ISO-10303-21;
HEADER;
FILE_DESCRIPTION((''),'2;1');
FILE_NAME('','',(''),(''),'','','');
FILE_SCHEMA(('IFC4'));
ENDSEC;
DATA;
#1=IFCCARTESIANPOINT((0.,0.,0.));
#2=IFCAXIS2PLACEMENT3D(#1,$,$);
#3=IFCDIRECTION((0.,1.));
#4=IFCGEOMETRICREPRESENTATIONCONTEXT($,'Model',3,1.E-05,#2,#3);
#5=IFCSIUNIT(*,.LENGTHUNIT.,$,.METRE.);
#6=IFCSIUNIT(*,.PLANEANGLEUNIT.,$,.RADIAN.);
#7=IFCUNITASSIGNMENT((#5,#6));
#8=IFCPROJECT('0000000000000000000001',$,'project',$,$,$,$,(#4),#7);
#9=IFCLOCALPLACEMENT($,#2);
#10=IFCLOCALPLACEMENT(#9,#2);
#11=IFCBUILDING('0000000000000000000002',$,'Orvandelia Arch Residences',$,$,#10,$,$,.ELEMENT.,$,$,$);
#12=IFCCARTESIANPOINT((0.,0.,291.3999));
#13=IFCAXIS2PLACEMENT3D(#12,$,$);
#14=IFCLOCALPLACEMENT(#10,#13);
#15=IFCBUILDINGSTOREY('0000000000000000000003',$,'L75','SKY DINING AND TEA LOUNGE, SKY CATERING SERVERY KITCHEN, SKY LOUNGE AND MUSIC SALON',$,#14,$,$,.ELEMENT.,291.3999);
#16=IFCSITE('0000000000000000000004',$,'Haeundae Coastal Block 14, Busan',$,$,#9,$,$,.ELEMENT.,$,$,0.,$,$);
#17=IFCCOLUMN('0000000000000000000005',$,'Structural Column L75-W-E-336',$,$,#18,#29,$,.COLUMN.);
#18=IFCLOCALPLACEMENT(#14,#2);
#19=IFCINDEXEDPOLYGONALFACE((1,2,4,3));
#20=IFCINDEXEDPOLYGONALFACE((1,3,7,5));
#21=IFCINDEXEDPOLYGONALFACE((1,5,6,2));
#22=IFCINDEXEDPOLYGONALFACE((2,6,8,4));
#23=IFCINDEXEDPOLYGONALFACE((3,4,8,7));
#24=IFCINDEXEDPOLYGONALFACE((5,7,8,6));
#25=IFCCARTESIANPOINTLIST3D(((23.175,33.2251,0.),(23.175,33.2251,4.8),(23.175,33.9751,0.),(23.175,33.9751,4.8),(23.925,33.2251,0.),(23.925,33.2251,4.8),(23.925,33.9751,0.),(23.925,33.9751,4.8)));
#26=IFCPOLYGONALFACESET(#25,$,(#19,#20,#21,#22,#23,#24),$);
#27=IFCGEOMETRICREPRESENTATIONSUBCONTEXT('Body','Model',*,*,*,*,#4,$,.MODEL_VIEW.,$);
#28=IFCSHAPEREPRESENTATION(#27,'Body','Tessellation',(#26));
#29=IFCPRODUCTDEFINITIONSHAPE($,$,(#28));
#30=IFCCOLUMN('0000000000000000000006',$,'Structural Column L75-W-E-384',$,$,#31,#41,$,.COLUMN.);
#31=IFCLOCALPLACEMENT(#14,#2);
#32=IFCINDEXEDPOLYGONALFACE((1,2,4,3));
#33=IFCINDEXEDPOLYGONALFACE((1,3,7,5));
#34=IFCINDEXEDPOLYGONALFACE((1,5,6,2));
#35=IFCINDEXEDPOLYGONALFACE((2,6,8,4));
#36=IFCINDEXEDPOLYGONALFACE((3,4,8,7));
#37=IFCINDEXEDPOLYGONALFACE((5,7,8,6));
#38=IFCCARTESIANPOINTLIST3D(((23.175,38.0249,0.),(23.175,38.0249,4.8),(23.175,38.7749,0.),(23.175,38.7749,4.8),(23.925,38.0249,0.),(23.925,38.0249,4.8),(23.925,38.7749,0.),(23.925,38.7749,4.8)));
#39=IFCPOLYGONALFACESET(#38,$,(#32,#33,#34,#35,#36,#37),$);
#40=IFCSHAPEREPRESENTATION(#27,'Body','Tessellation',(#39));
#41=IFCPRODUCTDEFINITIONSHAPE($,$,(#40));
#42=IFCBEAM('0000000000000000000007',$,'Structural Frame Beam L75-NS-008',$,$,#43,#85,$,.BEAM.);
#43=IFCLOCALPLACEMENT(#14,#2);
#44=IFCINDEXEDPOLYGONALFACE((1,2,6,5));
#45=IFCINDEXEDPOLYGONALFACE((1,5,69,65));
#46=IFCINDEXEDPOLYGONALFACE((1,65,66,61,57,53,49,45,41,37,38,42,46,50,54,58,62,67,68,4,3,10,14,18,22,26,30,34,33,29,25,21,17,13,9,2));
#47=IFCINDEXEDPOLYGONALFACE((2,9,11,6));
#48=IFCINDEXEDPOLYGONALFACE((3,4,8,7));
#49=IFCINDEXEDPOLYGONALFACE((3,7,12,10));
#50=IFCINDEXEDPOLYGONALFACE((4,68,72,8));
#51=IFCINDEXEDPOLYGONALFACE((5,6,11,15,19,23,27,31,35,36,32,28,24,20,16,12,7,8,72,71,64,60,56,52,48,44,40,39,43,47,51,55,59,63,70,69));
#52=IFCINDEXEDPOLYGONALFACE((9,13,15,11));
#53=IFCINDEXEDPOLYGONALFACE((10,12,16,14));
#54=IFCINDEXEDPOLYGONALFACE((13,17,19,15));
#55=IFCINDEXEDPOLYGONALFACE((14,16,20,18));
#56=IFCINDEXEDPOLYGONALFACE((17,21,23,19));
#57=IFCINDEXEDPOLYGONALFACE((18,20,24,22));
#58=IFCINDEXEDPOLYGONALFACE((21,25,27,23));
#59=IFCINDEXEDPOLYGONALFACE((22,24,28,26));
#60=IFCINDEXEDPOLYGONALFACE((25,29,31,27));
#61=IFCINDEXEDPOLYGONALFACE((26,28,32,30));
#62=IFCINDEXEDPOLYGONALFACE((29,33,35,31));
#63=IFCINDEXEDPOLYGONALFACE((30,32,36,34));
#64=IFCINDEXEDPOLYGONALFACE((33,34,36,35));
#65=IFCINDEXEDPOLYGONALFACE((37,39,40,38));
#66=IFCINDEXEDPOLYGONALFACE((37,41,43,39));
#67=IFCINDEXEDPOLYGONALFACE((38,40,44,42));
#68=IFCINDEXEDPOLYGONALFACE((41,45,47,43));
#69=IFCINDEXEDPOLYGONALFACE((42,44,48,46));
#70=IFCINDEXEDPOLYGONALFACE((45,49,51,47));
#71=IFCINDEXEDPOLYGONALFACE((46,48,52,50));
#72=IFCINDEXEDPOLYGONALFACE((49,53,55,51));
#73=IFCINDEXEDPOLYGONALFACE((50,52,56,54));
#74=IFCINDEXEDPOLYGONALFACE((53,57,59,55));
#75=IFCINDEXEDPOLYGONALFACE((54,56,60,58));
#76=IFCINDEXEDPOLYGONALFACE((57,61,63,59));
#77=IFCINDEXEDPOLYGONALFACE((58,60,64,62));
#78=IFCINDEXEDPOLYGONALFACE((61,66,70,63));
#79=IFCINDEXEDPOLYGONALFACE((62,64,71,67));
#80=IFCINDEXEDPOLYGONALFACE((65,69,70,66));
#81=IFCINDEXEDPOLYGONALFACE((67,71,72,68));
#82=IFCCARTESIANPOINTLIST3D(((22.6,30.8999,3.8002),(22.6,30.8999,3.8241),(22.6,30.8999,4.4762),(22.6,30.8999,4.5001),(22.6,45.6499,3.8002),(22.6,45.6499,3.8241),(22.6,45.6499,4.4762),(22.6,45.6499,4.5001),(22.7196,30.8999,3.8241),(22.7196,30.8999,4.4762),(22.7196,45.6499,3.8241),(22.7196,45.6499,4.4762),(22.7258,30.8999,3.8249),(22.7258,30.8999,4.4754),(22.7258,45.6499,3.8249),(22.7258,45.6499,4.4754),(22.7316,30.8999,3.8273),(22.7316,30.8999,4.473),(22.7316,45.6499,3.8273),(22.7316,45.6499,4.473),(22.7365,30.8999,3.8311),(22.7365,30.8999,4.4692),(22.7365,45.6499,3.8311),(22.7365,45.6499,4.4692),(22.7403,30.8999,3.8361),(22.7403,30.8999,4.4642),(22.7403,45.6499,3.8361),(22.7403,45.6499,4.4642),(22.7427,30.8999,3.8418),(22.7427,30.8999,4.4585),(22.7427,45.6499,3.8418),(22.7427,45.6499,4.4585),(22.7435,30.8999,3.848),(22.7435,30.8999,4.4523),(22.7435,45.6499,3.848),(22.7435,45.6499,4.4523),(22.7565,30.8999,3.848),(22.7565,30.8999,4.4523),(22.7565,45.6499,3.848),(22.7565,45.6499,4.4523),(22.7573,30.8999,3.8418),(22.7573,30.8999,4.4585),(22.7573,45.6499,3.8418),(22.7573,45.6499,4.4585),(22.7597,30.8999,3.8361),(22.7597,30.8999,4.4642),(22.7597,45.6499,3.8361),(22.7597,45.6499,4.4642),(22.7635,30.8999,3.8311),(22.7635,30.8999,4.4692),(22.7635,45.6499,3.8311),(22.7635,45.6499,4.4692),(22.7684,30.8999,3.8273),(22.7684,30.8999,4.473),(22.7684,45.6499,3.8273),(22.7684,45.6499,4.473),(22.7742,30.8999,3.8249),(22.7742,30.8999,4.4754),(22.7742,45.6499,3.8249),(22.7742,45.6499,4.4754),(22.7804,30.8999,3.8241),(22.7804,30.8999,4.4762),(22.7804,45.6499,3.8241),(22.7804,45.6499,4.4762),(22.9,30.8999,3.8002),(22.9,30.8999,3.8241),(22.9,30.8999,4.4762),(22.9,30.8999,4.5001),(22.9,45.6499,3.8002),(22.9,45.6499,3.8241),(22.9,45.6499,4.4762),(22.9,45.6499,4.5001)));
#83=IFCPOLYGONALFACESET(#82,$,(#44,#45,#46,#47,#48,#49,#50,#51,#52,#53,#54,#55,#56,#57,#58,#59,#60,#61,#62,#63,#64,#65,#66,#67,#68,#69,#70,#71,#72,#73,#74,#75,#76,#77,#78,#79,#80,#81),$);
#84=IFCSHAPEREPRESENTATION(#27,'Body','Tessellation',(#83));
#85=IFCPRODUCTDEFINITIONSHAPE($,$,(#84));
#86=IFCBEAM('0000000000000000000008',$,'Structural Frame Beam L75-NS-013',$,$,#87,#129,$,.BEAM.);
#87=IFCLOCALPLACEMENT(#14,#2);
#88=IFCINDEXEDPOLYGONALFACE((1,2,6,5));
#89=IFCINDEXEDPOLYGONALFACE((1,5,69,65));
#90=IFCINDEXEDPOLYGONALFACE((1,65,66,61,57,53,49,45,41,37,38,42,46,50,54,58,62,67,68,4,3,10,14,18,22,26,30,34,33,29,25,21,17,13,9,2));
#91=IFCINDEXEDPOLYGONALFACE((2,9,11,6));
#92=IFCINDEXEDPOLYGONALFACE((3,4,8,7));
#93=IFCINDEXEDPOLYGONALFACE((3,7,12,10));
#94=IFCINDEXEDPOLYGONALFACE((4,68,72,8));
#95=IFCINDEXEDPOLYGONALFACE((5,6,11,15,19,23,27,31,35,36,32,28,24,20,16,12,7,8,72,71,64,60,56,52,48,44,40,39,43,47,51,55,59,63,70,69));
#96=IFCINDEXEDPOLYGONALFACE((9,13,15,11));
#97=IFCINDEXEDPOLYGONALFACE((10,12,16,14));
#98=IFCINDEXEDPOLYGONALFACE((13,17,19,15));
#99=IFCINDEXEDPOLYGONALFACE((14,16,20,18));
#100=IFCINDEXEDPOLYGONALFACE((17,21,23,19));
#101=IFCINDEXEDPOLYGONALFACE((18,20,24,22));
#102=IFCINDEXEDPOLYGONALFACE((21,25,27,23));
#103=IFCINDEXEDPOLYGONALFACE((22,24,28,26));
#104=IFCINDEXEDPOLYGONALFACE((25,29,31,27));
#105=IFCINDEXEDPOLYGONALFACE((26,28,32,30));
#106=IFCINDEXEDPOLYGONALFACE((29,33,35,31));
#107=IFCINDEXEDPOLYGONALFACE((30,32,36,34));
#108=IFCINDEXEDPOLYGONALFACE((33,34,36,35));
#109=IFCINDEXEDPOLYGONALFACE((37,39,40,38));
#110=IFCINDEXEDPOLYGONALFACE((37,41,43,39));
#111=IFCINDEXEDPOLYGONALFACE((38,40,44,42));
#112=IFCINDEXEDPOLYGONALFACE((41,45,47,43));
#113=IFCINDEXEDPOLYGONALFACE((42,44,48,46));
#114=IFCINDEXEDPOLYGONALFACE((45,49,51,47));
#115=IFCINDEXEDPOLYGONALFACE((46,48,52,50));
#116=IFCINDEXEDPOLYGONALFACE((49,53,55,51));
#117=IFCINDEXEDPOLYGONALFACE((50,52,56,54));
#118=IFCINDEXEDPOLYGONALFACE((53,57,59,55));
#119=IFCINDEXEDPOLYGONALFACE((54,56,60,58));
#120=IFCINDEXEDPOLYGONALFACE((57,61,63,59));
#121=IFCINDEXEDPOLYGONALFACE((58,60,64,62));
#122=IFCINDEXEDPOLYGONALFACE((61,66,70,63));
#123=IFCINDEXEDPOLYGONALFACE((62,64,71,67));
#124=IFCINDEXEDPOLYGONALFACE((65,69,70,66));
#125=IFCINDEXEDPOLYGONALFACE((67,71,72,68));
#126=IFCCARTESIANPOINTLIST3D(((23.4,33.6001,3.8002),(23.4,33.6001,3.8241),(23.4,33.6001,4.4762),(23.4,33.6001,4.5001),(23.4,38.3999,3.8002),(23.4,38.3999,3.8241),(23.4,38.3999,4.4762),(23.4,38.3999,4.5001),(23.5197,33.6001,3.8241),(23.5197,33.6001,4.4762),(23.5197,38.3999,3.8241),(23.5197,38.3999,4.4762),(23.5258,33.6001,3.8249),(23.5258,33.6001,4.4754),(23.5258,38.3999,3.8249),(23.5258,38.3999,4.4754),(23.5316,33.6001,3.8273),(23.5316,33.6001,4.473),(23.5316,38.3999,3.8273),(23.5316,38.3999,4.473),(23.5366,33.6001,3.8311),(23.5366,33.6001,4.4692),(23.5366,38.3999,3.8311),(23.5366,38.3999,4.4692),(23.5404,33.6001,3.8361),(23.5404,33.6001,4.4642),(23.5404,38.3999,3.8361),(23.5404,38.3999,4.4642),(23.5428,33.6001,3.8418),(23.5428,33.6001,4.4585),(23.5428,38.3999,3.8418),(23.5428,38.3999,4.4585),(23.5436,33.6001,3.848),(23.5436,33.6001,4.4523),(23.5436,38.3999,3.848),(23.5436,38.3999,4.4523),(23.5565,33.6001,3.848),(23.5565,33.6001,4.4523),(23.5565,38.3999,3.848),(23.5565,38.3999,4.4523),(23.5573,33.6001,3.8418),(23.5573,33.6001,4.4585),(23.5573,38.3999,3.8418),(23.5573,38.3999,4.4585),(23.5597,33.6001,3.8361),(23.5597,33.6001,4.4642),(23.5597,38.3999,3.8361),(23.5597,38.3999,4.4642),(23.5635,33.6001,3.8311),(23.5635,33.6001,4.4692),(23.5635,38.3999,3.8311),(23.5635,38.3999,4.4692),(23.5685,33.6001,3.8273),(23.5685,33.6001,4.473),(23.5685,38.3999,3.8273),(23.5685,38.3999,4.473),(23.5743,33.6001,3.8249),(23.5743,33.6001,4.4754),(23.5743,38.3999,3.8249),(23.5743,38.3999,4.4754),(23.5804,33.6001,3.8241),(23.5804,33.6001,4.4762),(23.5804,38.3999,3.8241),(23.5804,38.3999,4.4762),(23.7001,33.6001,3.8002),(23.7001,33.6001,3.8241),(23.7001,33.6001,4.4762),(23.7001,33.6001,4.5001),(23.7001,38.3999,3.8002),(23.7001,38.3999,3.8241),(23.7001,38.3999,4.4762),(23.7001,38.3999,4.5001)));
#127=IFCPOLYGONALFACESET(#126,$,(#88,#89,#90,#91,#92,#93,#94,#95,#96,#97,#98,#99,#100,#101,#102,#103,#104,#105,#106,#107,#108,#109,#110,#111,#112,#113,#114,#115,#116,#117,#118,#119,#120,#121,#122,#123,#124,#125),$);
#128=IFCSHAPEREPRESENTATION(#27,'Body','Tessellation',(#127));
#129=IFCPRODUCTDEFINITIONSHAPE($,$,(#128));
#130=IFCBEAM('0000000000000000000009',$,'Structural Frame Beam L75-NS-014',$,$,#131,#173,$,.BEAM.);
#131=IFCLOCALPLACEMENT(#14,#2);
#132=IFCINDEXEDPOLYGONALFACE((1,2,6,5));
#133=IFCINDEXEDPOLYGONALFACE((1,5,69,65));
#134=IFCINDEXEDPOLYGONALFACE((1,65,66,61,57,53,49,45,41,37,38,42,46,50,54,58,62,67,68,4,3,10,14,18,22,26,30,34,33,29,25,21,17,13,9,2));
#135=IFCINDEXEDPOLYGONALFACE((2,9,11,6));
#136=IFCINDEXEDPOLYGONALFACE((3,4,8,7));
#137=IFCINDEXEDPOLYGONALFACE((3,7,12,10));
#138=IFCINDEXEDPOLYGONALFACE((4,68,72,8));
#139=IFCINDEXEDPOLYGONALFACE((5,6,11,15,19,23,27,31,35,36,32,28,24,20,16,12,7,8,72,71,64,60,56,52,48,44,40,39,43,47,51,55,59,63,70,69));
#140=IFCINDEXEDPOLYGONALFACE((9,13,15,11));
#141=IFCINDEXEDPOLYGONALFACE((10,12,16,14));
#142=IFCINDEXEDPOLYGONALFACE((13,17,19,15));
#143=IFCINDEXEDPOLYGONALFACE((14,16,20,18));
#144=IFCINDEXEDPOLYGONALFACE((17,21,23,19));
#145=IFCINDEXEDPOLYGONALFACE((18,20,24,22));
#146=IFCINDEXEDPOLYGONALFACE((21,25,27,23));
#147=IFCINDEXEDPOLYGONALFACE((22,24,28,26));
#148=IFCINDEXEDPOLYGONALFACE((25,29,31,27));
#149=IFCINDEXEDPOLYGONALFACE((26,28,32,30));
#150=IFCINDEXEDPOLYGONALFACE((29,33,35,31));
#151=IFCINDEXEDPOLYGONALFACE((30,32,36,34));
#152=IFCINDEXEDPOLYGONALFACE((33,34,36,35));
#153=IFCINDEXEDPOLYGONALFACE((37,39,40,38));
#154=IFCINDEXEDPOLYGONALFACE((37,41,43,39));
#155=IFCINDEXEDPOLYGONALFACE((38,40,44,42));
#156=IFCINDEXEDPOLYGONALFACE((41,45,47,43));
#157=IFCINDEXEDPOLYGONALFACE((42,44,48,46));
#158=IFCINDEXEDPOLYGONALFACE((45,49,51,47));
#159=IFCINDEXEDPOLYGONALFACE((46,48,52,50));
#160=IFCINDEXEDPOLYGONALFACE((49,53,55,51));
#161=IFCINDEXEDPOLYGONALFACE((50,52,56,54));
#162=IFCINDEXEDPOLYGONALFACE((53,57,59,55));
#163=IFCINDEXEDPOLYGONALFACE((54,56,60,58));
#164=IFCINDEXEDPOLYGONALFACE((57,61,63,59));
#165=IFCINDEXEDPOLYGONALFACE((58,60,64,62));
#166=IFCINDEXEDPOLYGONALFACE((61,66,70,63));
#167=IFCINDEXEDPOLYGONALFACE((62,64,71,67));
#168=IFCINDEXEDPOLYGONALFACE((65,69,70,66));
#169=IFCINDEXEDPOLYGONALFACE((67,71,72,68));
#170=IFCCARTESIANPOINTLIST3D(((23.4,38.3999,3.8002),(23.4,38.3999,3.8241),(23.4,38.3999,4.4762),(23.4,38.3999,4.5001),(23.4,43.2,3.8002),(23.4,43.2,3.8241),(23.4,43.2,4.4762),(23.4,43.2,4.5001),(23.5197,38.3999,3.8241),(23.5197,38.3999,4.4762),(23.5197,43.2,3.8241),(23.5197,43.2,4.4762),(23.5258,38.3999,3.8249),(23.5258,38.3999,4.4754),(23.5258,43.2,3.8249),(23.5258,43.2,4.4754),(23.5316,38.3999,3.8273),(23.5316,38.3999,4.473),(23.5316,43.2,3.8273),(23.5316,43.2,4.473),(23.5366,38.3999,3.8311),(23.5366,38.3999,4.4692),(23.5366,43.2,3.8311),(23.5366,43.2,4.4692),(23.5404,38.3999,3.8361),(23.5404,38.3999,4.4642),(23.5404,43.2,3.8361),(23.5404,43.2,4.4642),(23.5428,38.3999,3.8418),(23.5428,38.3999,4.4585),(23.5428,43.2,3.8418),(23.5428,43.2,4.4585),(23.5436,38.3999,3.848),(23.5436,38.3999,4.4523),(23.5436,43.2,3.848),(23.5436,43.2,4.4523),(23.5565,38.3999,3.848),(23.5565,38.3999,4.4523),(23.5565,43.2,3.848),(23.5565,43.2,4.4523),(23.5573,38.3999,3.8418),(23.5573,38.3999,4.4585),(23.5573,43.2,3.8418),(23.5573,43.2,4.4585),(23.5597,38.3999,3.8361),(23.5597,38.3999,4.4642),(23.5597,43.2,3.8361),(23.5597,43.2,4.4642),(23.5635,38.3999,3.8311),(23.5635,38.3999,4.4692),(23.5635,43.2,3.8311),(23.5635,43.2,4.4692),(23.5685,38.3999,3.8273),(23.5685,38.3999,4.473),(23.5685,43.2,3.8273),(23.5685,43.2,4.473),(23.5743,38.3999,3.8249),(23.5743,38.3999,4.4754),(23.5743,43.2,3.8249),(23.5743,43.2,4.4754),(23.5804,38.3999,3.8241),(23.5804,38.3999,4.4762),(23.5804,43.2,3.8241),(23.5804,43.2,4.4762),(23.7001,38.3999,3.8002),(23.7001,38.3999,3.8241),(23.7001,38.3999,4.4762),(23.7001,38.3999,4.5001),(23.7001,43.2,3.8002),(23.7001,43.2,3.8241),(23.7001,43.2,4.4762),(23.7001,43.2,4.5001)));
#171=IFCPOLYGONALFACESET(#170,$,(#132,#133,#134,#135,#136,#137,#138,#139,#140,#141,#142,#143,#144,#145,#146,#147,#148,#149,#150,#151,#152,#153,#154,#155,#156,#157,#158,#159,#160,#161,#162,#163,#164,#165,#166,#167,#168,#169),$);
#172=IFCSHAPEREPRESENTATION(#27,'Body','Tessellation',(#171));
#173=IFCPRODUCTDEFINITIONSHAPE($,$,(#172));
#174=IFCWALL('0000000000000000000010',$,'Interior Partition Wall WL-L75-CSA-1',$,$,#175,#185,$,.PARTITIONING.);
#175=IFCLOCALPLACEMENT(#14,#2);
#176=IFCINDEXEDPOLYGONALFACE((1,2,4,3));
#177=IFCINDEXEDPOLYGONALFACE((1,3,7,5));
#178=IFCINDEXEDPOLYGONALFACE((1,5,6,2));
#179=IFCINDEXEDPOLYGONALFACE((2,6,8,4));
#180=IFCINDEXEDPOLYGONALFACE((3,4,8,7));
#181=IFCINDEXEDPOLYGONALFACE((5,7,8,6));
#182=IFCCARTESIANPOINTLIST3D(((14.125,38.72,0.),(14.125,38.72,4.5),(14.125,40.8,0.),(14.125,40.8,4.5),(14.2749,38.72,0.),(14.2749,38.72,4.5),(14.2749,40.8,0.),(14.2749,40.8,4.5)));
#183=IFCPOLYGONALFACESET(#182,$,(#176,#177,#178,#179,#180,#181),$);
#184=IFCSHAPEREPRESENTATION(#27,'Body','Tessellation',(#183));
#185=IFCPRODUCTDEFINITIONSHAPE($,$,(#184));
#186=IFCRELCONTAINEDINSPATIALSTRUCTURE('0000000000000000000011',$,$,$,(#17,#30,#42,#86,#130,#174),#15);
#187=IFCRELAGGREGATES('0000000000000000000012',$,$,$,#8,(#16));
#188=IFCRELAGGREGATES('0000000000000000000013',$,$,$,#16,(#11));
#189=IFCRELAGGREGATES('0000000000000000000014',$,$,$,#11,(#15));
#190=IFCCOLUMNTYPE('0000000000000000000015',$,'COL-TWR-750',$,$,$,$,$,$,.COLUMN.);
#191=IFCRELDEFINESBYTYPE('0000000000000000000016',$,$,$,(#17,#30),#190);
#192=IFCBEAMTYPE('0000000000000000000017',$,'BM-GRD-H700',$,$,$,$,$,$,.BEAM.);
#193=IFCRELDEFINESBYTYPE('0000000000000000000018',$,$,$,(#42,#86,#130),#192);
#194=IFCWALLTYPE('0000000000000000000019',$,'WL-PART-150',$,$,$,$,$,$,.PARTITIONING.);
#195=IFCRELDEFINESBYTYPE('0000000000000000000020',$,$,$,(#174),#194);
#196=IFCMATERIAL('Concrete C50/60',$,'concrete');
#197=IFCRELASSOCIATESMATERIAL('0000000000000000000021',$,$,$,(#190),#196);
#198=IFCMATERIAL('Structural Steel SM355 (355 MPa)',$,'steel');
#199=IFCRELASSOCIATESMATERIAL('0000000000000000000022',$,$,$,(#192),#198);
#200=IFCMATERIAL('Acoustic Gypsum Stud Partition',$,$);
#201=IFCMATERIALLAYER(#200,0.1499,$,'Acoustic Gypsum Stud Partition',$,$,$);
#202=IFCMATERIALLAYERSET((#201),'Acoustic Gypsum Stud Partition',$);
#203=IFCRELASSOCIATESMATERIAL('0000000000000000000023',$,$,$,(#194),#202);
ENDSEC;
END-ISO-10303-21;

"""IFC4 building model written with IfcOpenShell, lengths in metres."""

from ifc_helpers import new_model, si_unit, direction, frame, frame_2d, origin, origin_2d, place, context, subcontext, project, spatial, rectangle, i_section, extrude, material, layer, layer_set, material_profile, profile_set, type_object, element, save


model = new_model("IFC4")

# Units and contexts
model_context = context("Model", 3, precision=1e-05, world=origin(), true_north=direction((0.0, 1.0)))
body_context = subcontext(model_context, "Body", "Model", "MODEL_VIEW")
ifc_project = project(units=[si_unit("LENGTHUNIT", "METRE"), si_unit("PLANEANGLEUNIT", "RADIAN")], contexts=[model_context])

# Site, building, storey
site_placement = place(None, origin())
site = spatial("IfcSite", under=ifc_project, at=site_placement, Name="Haeundae Coastal Block 14, Busan", CompositionType="ELEMENT", RefElevation=0.0)
building_placement = place(site_placement, origin())
building = spatial("IfcBuilding", under=site, at=building_placement, Name="Orvandelia Arch Residences", CompositionType="ELEMENT")
storey_placement = place(building_placement, frame((0.0, 0.0, 291.3999)))
storey = spatial("IfcBuildingStorey", under=building, at=storey_placement, Name="L75", Description="SKY DINING AND TEA LOUNGE, SKY CATERING SERVERY KITCHEN, SKY LOUNGE AND MUSIC SALON", CompositionType="ELEMENT", Elevation=291.3999)

# Columns
ifc_material_1 = material(Name="Concrete C50/60", Category="concrete")
ifc_material_profile_1 = material_profile(ifc_material_1, rectangle(XDim=0.75, YDim=0.75, at=origin_2d()), Name="Concrete C50/60", Category="concrete")
ifc_profile_set_1 = profile_set([ifc_material_profile_1], Name="Concrete C50/60")
column_type = type_object("IfcColumnType", Name="COL-TWR-750", PredefinedType="COLUMN", material=ifc_profile_set_1)
for number, where, z_axis, x_axis, name in (
    (1, (23.55, 33.6001, 0.0), (0.0, 0.0, 1.0), (1.0, 0.0, 0.0), "Structural Column L75-W-E-336"),
    (2, (23.55, 38.3999, 0.0), (0.0, 0.0, 1.0), (1.0, 0.0, 0.0), "Structural Column L75-W-E-384"),
):
    element("IfcColumn", number, at=place(storey_placement, frame(where, z_axis=z_axis, x_axis=x_axis)), inside=storey, type_object=column_type, Name=name, PredefinedType="COLUMN", context=body_context, shape_type="SweptSolid", body=[
        extrude(rectangle(XDim=0.75, YDim=0.75, at=origin_2d()), origin(), (0.0, 0.0, 1.0), 4.8),
    ])

# Beams
ifc_material_2 = material(Name="Structural Steel SM355 (355 MPa)", Category="steel")
ifc_material_profile_2 = material_profile(ifc_material_2, i_section(OverallWidth=0.3, OverallDepth=0.7, WebThickness=0.0129, FlangeThickness=0.0239, FilletRadius=0.0239, at=origin_2d()), Name="Structural Steel SM355 (355 MPa)", Category="steel")
ifc_profile_set_2 = profile_set([ifc_material_profile_2], Name="Structural Steel SM355 (355 MPa)")
beam_type = type_object("IfcBeamType", Name="BM-GRD-H700", PredefinedType="BEAM", material=ifc_profile_set_2)
beam_1_placement = place(storey_placement, frame((22.75, 30.8999, 4.1501), z_axis=(0.0, 1.0, 0.0), x_axis=(-1.0, 0.0, 0.0)))
element("IfcBeam", 3, at=beam_1_placement, inside=storey, type_object=beam_type, Name="Structural Frame Beam L75-NS-008", PredefinedType="BEAM", context=body_context, shape_type="SweptSolid", body=[
    extrude(i_section(OverallWidth=0.3, OverallDepth=0.7, WebThickness=0.0129, FlangeThickness=0.0239, FilletRadius=0.0239, at=origin_2d()), origin(), (0.0, 0.0, 1.0), 14.75),
])
beam_2_placement = place(storey_placement, frame((23.55, 33.6001, 4.1501), z_axis=(0.0, 1.0, 0.0), x_axis=(-1.0, 0.0, 0.0)))
element("IfcBeam", 4, at=beam_2_placement, inside=storey, type_object=beam_type, Name="Structural Frame Beam L75-NS-013", PredefinedType="BEAM", context=body_context, shape_type="SweptSolid", body=[
    extrude(i_section(OverallWidth=0.3, OverallDepth=0.7, WebThickness=0.0129, FlangeThickness=0.0239, FilletRadius=0.0239, at=origin_2d()), origin(), (0.0, 0.0, 1.0), 4.7998),
])
beam_3_placement = place(storey_placement, frame((23.55, 38.3999, 4.1501), z_axis=(0.0, 1.0, 0.0), x_axis=(-1.0, 0.0, 0.0)))
element("IfcBeam", 5, at=beam_3_placement, inside=storey, type_object=beam_type, Name="Structural Frame Beam L75-NS-014", PredefinedType="BEAM", context=body_context, shape_type="SweptSolid", body=[
    extrude(i_section(OverallWidth=0.3, OverallDepth=0.7, WebThickness=0.0129, FlangeThickness=0.0239, FilletRadius=0.0239, at=origin_2d()), origin(), (0.0, 0.0, 1.0), 4.8),
])

# Wall
ifc_material_3 = material(Name="Acoustic Gypsum Stud Partition")
ifc_layer_1 = layer(ifc_material_3, 0.1499, Name="Acoustic Gypsum Stud Partition")
ifc_layer_set_1 = layer_set([ifc_layer_1], Name="Acoustic Gypsum Stud Partition")
wall_type_1 = type_object("IfcWallType", Name="WL-PART-150", PredefinedType="PARTITIONING", material=ifc_layer_set_1)
wall_1_placement = place(storey_placement, frame((14.2, 38.72, 0.0), z_axis=(0.0, 0.0, 1.0), x_axis=(0.0, 1.0, 0.0)))
element("IfcWall", 6, at=wall_1_placement, inside=storey, type_object=wall_type_1, Name="Interior Partition Wall WL-L75-CSA-1", PredefinedType="PARTITIONING", context=body_context, shape_type="SweptSolid", body=[
    extrude(rectangle(XDim=2.0801, YDim=0.1499, at=frame_2d((1.04, 0.0))), origin(), (0.0, 0.0, 1.0), 4.5),
])

save(model, "model.ifc")
